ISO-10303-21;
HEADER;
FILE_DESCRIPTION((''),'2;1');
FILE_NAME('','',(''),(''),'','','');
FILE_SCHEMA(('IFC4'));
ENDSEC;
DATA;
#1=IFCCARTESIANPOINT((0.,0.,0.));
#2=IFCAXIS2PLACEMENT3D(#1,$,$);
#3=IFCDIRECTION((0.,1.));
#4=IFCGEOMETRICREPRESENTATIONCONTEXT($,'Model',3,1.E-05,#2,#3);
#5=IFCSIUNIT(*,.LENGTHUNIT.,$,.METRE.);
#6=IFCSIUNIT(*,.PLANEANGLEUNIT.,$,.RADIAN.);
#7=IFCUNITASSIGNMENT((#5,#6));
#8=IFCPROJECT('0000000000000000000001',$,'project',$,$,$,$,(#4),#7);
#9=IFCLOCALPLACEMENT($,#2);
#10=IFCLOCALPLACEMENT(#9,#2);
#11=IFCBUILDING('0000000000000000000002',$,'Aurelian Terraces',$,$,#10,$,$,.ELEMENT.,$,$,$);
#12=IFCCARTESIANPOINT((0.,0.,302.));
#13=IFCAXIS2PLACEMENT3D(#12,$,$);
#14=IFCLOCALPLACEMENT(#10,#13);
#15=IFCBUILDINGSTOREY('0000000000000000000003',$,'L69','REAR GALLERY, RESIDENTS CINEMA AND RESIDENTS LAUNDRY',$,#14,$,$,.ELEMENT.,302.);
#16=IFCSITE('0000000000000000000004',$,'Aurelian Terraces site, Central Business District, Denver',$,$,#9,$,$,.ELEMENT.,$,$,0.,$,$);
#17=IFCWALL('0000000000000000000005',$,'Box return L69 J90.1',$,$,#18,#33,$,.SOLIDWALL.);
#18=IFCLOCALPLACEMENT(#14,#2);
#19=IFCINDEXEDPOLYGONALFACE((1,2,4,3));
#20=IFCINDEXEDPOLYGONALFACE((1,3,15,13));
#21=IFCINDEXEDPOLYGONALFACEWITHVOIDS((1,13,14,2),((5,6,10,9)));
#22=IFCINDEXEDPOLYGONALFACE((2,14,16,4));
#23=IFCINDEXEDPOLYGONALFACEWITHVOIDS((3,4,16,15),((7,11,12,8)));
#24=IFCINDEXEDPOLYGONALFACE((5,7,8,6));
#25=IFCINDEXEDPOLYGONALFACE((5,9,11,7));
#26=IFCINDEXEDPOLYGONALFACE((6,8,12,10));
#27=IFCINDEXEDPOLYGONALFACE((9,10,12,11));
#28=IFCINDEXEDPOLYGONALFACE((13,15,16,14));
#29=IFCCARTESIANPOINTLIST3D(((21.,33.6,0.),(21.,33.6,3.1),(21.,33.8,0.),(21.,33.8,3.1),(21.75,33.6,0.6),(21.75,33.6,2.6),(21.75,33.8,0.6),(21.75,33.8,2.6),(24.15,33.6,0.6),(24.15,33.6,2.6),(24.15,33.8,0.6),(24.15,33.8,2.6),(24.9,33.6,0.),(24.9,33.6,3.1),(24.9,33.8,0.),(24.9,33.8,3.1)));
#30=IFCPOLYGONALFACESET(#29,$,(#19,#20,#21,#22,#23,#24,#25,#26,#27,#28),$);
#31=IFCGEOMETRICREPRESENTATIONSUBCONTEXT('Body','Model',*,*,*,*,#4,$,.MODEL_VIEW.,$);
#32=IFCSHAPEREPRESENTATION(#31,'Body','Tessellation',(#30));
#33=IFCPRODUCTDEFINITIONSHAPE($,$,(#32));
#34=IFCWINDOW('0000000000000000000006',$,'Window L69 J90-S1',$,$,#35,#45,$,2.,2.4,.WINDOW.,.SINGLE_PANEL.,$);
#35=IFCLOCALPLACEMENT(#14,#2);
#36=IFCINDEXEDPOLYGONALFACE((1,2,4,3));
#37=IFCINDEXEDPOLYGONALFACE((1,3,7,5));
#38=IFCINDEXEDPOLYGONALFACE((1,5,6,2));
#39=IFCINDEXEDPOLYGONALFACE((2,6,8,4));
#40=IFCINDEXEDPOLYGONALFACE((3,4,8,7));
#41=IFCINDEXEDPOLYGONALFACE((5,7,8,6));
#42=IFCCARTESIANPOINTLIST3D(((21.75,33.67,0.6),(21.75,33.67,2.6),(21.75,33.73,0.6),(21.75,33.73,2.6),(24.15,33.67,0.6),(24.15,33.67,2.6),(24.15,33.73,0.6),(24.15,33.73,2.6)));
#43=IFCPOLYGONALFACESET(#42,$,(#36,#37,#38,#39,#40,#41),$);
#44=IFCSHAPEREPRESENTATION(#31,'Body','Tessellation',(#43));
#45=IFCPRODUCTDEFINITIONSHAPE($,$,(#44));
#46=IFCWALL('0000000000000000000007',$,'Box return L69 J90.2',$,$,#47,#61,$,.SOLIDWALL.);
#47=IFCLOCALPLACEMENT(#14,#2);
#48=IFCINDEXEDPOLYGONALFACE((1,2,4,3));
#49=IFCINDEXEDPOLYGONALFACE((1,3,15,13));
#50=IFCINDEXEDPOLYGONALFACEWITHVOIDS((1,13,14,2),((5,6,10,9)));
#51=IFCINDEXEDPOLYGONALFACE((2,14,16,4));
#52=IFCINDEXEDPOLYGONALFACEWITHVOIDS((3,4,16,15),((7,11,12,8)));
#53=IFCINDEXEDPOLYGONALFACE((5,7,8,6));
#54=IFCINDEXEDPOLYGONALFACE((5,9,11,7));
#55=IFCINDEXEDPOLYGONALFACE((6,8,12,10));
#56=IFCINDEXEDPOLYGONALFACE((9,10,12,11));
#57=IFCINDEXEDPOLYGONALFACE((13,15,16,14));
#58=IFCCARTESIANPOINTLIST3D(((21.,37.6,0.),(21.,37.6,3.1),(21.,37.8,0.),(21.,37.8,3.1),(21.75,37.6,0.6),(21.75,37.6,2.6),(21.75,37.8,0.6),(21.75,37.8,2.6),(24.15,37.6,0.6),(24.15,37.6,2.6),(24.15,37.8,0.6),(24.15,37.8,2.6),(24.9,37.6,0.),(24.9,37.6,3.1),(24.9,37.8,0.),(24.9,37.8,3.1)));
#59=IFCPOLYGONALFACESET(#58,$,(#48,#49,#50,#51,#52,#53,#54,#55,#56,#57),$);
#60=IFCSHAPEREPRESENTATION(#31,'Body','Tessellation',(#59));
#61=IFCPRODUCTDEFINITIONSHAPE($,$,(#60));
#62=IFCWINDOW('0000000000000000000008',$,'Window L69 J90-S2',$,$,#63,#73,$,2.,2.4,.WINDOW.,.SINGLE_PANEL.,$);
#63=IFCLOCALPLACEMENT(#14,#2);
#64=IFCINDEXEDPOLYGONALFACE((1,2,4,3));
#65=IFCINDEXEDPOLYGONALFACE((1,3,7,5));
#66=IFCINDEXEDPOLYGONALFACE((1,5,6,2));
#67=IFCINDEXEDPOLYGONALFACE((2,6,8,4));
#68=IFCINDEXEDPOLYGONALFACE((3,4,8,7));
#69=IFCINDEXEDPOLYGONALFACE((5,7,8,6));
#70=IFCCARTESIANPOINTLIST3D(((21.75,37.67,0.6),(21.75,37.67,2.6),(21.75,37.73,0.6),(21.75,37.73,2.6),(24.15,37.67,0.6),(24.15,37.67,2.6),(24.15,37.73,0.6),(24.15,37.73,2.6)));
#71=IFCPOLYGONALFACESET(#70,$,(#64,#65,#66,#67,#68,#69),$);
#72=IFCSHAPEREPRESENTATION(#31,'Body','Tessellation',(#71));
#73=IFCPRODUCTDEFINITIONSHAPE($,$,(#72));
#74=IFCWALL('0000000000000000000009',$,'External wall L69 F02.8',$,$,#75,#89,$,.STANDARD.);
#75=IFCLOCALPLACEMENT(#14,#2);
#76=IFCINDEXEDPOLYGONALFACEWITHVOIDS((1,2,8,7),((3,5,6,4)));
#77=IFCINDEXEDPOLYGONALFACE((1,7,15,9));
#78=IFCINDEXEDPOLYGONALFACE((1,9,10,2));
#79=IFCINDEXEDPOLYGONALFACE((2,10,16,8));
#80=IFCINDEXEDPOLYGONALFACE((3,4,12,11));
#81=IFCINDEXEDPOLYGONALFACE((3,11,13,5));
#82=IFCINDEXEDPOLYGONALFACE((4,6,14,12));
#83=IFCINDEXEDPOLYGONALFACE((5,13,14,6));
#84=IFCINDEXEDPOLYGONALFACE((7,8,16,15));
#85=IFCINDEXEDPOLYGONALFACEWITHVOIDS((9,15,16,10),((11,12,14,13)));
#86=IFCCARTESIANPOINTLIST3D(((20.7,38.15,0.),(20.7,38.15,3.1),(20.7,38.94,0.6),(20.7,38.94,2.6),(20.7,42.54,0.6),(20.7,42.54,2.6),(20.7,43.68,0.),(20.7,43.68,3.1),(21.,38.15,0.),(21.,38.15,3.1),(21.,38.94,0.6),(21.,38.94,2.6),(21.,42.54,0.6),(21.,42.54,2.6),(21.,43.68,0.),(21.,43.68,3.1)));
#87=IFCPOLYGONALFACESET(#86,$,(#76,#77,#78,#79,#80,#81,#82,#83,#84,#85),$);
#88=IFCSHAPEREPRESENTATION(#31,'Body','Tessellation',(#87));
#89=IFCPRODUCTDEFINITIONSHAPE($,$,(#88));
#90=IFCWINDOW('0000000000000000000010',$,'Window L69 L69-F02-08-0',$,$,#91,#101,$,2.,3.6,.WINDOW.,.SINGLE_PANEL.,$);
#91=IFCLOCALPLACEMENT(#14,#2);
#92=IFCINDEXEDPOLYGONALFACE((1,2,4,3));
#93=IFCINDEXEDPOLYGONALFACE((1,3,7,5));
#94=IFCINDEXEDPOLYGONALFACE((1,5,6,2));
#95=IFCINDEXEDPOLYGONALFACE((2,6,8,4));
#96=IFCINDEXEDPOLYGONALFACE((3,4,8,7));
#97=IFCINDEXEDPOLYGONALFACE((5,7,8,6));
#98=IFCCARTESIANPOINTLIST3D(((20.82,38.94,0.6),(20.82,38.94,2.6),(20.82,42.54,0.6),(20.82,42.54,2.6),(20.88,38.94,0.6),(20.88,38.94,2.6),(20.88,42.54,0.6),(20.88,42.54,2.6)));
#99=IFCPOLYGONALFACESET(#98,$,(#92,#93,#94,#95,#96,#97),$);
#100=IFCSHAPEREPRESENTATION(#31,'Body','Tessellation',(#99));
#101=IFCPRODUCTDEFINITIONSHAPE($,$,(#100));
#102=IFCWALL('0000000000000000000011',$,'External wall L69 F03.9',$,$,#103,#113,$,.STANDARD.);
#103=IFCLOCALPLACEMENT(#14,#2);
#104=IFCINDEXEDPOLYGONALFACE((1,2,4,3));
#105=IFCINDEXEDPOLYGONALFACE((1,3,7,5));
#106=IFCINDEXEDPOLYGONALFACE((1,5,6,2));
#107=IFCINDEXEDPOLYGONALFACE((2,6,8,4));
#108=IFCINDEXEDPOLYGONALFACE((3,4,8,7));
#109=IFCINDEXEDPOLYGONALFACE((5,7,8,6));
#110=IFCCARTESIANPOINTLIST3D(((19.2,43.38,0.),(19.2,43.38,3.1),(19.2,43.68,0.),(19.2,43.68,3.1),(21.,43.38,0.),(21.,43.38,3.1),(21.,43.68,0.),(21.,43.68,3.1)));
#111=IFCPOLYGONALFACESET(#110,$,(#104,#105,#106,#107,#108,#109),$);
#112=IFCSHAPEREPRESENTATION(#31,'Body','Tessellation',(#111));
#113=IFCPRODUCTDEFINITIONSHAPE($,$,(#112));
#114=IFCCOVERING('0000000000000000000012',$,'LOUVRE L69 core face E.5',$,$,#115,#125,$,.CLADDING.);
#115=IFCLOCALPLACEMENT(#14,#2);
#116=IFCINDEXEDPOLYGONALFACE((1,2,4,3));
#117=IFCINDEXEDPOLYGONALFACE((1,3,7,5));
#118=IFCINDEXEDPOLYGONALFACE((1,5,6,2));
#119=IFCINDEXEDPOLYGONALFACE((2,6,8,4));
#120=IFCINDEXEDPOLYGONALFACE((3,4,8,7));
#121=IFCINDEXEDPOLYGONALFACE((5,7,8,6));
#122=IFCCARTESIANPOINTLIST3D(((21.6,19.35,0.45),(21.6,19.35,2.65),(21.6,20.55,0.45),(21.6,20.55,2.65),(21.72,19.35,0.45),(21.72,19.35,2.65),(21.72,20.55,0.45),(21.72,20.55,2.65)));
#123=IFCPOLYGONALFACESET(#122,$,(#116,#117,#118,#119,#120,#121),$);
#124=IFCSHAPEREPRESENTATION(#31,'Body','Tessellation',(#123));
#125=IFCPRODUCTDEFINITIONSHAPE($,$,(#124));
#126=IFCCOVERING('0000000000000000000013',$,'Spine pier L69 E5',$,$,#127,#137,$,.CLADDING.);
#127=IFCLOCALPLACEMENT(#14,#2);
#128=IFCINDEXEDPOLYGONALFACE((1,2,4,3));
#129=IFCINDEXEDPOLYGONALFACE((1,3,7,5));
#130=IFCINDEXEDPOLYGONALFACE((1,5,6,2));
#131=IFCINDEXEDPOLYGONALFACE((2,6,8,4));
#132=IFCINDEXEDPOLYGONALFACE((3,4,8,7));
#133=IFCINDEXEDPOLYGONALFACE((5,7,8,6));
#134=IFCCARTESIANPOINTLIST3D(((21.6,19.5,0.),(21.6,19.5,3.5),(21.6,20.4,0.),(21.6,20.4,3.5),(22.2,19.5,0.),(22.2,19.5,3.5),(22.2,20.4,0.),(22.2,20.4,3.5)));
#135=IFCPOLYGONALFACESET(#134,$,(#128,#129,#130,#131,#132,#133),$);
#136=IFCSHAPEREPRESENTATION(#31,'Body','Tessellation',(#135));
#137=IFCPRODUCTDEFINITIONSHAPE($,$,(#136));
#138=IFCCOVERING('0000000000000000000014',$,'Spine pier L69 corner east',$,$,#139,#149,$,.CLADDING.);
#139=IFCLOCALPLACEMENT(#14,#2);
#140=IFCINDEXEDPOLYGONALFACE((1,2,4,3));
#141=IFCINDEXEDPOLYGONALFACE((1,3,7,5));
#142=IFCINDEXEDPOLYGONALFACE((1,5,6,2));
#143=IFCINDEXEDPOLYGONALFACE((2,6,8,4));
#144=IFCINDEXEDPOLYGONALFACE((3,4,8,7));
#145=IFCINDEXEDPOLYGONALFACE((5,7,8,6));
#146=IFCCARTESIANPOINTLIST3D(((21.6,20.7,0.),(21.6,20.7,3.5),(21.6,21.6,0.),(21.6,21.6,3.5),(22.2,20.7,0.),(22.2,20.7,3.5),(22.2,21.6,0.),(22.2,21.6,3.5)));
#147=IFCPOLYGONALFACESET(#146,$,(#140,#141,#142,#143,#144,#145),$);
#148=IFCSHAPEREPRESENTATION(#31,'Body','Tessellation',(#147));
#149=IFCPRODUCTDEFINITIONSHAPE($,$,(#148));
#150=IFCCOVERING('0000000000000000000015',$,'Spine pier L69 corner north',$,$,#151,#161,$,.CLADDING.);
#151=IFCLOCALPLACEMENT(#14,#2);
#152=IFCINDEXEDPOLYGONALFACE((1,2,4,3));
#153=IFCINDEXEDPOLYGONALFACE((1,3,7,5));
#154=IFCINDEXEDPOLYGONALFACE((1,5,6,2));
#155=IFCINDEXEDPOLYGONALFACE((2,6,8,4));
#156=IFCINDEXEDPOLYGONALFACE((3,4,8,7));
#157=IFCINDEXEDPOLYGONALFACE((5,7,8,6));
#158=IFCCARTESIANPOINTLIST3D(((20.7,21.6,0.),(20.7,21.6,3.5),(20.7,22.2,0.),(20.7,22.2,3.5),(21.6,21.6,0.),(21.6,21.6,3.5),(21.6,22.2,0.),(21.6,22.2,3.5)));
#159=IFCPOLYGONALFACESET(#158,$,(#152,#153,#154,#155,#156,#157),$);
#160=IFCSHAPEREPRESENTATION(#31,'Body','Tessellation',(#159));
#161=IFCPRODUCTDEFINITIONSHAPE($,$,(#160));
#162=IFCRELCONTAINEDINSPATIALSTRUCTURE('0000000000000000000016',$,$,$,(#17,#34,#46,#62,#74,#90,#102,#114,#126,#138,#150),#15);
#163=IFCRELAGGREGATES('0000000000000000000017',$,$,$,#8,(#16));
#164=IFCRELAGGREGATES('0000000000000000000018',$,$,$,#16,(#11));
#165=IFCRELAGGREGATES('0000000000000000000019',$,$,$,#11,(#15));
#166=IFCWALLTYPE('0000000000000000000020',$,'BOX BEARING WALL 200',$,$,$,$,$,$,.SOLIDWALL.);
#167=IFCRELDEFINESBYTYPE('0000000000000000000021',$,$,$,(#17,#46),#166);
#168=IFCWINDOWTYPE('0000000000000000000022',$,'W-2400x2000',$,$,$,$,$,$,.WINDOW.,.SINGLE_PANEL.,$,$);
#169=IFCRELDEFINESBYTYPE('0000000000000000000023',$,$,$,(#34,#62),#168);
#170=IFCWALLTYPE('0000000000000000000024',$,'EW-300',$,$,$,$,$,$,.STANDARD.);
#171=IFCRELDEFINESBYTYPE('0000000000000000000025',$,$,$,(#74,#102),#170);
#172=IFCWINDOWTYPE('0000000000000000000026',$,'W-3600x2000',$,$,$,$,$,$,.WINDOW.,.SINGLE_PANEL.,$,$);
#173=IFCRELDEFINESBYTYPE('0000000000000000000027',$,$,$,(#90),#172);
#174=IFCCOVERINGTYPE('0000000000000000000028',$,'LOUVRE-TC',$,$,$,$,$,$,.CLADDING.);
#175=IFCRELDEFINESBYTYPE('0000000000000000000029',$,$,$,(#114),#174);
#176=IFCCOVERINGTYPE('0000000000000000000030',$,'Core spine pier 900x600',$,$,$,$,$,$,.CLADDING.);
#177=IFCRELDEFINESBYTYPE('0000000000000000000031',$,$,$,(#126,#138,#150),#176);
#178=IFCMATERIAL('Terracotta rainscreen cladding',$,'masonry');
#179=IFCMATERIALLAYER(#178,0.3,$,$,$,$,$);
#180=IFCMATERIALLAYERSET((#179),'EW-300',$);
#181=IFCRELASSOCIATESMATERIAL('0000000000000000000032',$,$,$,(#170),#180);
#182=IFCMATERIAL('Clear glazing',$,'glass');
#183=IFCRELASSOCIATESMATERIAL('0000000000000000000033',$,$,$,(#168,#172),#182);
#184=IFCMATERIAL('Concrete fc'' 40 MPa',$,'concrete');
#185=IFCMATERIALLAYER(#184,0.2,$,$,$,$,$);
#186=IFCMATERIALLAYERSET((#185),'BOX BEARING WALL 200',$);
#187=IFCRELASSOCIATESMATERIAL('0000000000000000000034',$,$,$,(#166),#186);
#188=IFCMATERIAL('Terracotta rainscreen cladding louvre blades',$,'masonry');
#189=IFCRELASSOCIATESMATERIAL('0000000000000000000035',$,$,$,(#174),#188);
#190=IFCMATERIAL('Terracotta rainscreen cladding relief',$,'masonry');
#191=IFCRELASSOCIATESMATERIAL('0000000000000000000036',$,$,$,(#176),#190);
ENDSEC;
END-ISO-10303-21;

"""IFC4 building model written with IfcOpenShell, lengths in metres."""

from ifc_helpers import new_model, si_unit, direction, frame, frame_2d, origin, origin_2d, place, context, subcontext, project, spatial, rectangle, extrude, source, transform, mapped, material, layer, layer_set, type_object, element, fill, save


model = new_model("IFC4")

# Units and contexts
model_context = context("Model", 3, precision=1e-05, world=origin(), true_north=direction((0.0, 1.0)))
body_context = subcontext(model_context, "Body", "Model", "MODEL_VIEW")
ifc_project = project(units=[si_unit("LENGTHUNIT", "METRE"), si_unit("PLANEANGLEUNIT", "RADIAN")], contexts=[model_context])

# Site, building, storey
site_placement = place(None, origin())
site = spatial("IfcSite", under=ifc_project, at=site_placement, Name="Aurelian Terraces site, Central Business District, Denver", CompositionType="ELEMENT", RefElevation=0.0)
building_placement = place(site_placement, origin())
building = spatial("IfcBuilding", under=site, at=building_placement, Name="Aurelian Terraces", CompositionType="ELEMENT")
storey_placement = place(building_placement, frame((0.0, 0.0, 302.0)))
storey = spatial("IfcBuildingStorey", under=building, at=storey_placement, Name="L69", Description="REAR GALLERY, RESIDENTS CINEMA AND RESIDENTS LAUNDRY", CompositionType="ELEMENT", Elevation=302.0)

# Shared definitions
ifc_material_1 = material(Name="Concrete fc' 40 MPa", Category="concrete")
ifc_material_2 = material(Name="Clear glazing", Category="glass")

# Shared definitions
ifc_material_3 = material(Name="Terracotta rainscreen cladding", Category="masonry")
ifc_layer_1 = layer(ifc_material_3, 0.3)
ifc_layer_set_1 = layer_set([ifc_layer_1], Name="EW-300")
wall_type_1 = type_object("IfcWallType", Name="EW-300", PredefinedType="STANDARD", material=ifc_layer_set_1)

# Shared definitions
window_type_1 = type_object("IfcWindowType", Name="W-2400x2000", PartitioningType="SINGLE_PANEL", PredefinedType="WINDOW", material=ifc_material_2)
shared_shape_1 = source(origin(), body_context, "Body", "SweptSolid", [
    extrude(rectangle(XDim=2.4, YDim=2.0, at=frame_2d((1.2, 1.0))), frame((0.0, 0.03, 0.0), z_axis=(0.0, -1.0, 0.0), x_axis=(1.0, 0.0, 0.0)), (0.0, 0.0, 1.0), 0.06),
])

# Walls, openings, windows
ifc_layer_2 = layer(ifc_material_1, 0.2)
ifc_layer_set_2 = layer_set([ifc_layer_2], Name="BOX BEARING WALL 200")
wall_type_2 = type_object("IfcWallType", Name="BOX BEARING WALL 200", PredefinedType="SOLIDWALL", material=ifc_layer_set_2)
shared_shape_2 = source(origin(), body_context, "Body", "SweptSolid", [
    extrude(rectangle(XDim=3.9, YDim=0.2, at=frame_2d((1.95, 0.0))), origin(), (0.0, 0.0, 1.0), 3.1),
])
wall_1_placement = place(storey_placement, frame((21.0, 33.7, 0.0), z_axis=(0.0, 0.0, 1.0), x_axis=(1.0, 0.0, 0.0)))
wall_1 = element("IfcWall", 1, at=wall_1_placement, inside=storey, type_object=wall_type_2, Name="Box return L69 J90.1", PredefinedType="SOLIDWALL", context=body_context, shape_type="MappedRepresentation", body=[
    mapped(shared_shape_2, transform((0.0, 0.0, 0.0), scale=1.0)),
])
shared_shape_3 = source(origin(), body_context, "Body", "SweptSolid", [
    extrude(rectangle(XDim=2.4, YDim=2.0, at=frame_2d((1.2, 1.0))), frame((0.0, 0.11, 0.0), z_axis=(0.0, -1.0, 0.0), x_axis=(1.0, 0.0, 0.0)), (0.0, 0.0, 1.0), 0.22),
])
opening_1_placement = place(wall_1_placement, frame((0.75, 0.0, 0.6)))
opening_1 = element("IfcOpeningElement", 2, at=opening_1_placement, cuts=wall_1, PredefinedType="OPENING", context=body_context, shape_type="MappedRepresentation", body=[
    mapped(shared_shape_3, transform((0.0, 0.0, 0.0), scale=1.0)),
])
window_1_placement = place(opening_1_placement, origin())
window_1 = element("IfcWindow", 3, at=window_1_placement, inside=storey, type_object=window_type_1, Name="Window L69 J90-S1", OverallHeight=2.0, OverallWidth=2.4, PartitioningType="SINGLE_PANEL", PredefinedType="WINDOW", context=body_context, shape_type="MappedRepresentation", body=[
    mapped(shared_shape_1, transform((0.0, 0.0, 0.0), scale=1.0)),
])
fill(opening_1, window_1)
wall_2_placement = place(storey_placement, frame((21.0, 37.7, 0.0), z_axis=(0.0, 0.0, 1.0), x_axis=(1.0, 0.0, 0.0)))
wall_2 = element("IfcWall", 4, at=wall_2_placement, inside=storey, type_object=wall_type_2, Name="Box return L69 J90.2", PredefinedType="SOLIDWALL", context=body_context, shape_type="MappedRepresentation", body=[
    mapped(shared_shape_2, transform((0.0, 0.0, 0.0), scale=1.0)),
])
opening_2_placement = place(wall_2_placement, frame((0.75, 0.0, 0.6)))
opening_2 = element("IfcOpeningElement", 5, at=opening_2_placement, cuts=wall_2, PredefinedType="OPENING", context=body_context, shape_type="MappedRepresentation", body=[
    mapped(shared_shape_3, transform((0.0, 0.0, 0.0), scale=1.0)),
])
window_2_placement = place(opening_2_placement, origin())
window_2 = element("IfcWindow", 6, at=window_2_placement, inside=storey, type_object=window_type_1, Name="Window L69 J90-S2", OverallHeight=2.0, OverallWidth=2.4, PartitioningType="SINGLE_PANEL", PredefinedType="WINDOW", context=body_context, shape_type="MappedRepresentation", body=[
    mapped(shared_shape_1, transform((0.0, 0.0, 0.0), scale=1.0)),
])
fill(opening_2, window_2)
shared_shape_4 = source(origin(), body_context, "Body", "SweptSolid", [
    extrude(rectangle(XDim=5.53, YDim=0.3, at=frame_2d((2.765, 0.0))), origin(), (0.0, 0.0, 1.0), 3.1),
])
wall_3_placement = place(storey_placement, frame((20.85, 38.15, 0.0), z_axis=(0.0, 0.0, 1.0), x_axis=(0.0, 1.0, 0.0)))
wall_3 = element("IfcWall", 7, at=wall_3_placement, inside=storey, type_object=wall_type_1, Name="External wall L69 F02.8", PredefinedType="STANDARD", context=body_context, shape_type="MappedRepresentation", body=[
    mapped(shared_shape_4, transform((0.0, 0.0, 0.0), scale=1.0)),
])
shared_shape_5 = source(origin(), body_context, "Body", "SweptSolid", [
    extrude(rectangle(XDim=3.6, YDim=2.0, at=frame_2d((1.8, 1.0))), frame((0.0, 0.16, 0.0), z_axis=(0.0, -1.0, 0.0), x_axis=(1.0, 0.0, 0.0)), (0.0, 0.0, 1.0), 0.32),
])
opening_3_placement = place(wall_3_placement, frame((0.79, 0.0, 0.6)))
opening_3 = element("IfcOpeningElement", 8, at=opening_3_placement, cuts=wall_3, PredefinedType="OPENING", context=body_context, shape_type="MappedRepresentation", body=[
    mapped(shared_shape_5, transform((0.0, 0.0, 0.0), scale=1.0)),
])
window_type_2 = type_object("IfcWindowType", Name="W-3600x2000", PartitioningType="SINGLE_PANEL", PredefinedType="WINDOW", material=ifc_material_2)
shared_shape_6 = source(origin(), body_context, "Body", "SweptSolid", [
    extrude(rectangle(XDim=3.6, YDim=2.0, at=frame_2d((1.8, 1.0))), frame((0.0, 0.03, 0.0), z_axis=(0.0, -1.0, 0.0), x_axis=(1.0, 0.0, 0.0)), (0.0, 0.0, 1.0), 0.06),
])
window_3_placement = place(opening_3_placement, origin())
window_3 = element("IfcWindow", 9, at=window_3_placement, inside=storey, type_object=window_type_2, Name="Window L69 L69-F02-08-0", OverallHeight=2.0, OverallWidth=3.6, PartitioningType="SINGLE_PANEL", PredefinedType="WINDOW", context=body_context, shape_type="MappedRepresentation", body=[
    mapped(shared_shape_6, transform((0.0, 0.0, 0.0), scale=1.0)),
])
fill(opening_3, window_3)

# Wall
shared_shape_7 = source(origin(), body_context, "Body", "SweptSolid", [
    extrude(rectangle(XDim=1.8, YDim=0.3, at=frame_2d((0.9, 0.0))), origin(), (0.0, 0.0, 1.0), 3.1),
])
wall_4_placement = place(storey_placement, frame((21.0, 43.53, 0.0), z_axis=(0.0, 0.0, 1.0), x_axis=(-1.0, 0.0, 0.0)))
element("IfcWall", 10, at=wall_4_placement, inside=storey, type_object=wall_type_1, Name="External wall L69 F03.9", PredefinedType="STANDARD", context=body_context, shape_type="MappedRepresentation", body=[
    mapped(shared_shape_7, transform((0.0, 0.0, 0.0), scale=1.0)),
])

# Coverings
ifc_material_4 = material(Name="Terracotta rainscreen cladding louvre blades", Category="masonry")
covering_type_1 = type_object("IfcCoveringType", Name="LOUVRE-TC", PredefinedType="CLADDING", material=ifc_material_4)
shared_shape_8 = source(origin(), body_context, "Body", "SweptSolid", [
    extrude(rectangle(XDim=0.12, YDim=1.2, at=origin_2d()), origin(), (0.0, 0.0, 1.0), 2.2),
])
covering_1_placement = place(storey_placement, frame((21.66, 19.95, 0.45), z_axis=(0.0, 0.0, 1.0), x_axis=(1.0, 0.0, 0.0)))
element("IfcCovering", 11, at=covering_1_placement, inside=storey, type_object=covering_type_1, Name="LOUVRE L69 core face E.5", PredefinedType="CLADDING", context=body_context, shape_type="MappedRepresentation", body=[
    mapped(shared_shape_8, transform((0.0, 0.0, 0.0), scale=1.0)),
])
ifc_material_5 = material(Name="Terracotta rainscreen cladding relief", Category="masonry")
covering_type_2 = type_object("IfcCoveringType", Name="Core spine pier 900x600", PredefinedType="CLADDING", material=ifc_material_5)
shared_shape_9 = source(origin(), body_context, "Body", "SweptSolid", [
    extrude(rectangle(XDim=0.6, YDim=0.9, at=origin_2d()), origin(), (0.0, 0.0, 1.0), 3.5),
])
for number, where, z_axis, x_axis, name in (
    (12, (21.9, 19.95, 0.0), (0.0, 0.0, 1.0), (1.0, 0.0, 0.0), "Spine pier L69 E5"),
    (13, (21.9, 21.15, 0.0), (0.0, 0.0, 1.0), (1.0, 0.0, 0.0), "Spine pier L69 corner east"),
):
    element("IfcCovering", number, at=place(storey_placement, frame(where, z_axis=z_axis, x_axis=x_axis)), inside=storey, type_object=covering_type_2, Name=name, PredefinedType="CLADDING", context=body_context, shape_type="MappedRepresentation", body=[
        mapped(shared_shape_9, transform((0.0, 0.0, 0.0), scale=1.0)),
    ])
shared_shape_10 = source(origin(), body_context, "Body", "SweptSolid", [
    extrude(rectangle(XDim=0.9, YDim=0.6, at=origin_2d()), origin(), (0.0, 0.0, 1.0), 3.5),
])
covering_2_placement = place(storey_placement, frame((21.15, 21.9, 0.0), z_axis=(0.0, 0.0, 1.0), x_axis=(1.0, 0.0, 0.0)))
element("IfcCovering", 14, at=covering_2_placement, inside=storey, type_object=covering_type_2, Name="Spine pier L69 corner north", PredefinedType="CLADDING", context=body_context, shape_type="MappedRepresentation", body=[
    mapped(shared_shape_10, transform((0.0, 0.0, 0.0), scale=1.0)),
])

save(model, "model.ifc")
